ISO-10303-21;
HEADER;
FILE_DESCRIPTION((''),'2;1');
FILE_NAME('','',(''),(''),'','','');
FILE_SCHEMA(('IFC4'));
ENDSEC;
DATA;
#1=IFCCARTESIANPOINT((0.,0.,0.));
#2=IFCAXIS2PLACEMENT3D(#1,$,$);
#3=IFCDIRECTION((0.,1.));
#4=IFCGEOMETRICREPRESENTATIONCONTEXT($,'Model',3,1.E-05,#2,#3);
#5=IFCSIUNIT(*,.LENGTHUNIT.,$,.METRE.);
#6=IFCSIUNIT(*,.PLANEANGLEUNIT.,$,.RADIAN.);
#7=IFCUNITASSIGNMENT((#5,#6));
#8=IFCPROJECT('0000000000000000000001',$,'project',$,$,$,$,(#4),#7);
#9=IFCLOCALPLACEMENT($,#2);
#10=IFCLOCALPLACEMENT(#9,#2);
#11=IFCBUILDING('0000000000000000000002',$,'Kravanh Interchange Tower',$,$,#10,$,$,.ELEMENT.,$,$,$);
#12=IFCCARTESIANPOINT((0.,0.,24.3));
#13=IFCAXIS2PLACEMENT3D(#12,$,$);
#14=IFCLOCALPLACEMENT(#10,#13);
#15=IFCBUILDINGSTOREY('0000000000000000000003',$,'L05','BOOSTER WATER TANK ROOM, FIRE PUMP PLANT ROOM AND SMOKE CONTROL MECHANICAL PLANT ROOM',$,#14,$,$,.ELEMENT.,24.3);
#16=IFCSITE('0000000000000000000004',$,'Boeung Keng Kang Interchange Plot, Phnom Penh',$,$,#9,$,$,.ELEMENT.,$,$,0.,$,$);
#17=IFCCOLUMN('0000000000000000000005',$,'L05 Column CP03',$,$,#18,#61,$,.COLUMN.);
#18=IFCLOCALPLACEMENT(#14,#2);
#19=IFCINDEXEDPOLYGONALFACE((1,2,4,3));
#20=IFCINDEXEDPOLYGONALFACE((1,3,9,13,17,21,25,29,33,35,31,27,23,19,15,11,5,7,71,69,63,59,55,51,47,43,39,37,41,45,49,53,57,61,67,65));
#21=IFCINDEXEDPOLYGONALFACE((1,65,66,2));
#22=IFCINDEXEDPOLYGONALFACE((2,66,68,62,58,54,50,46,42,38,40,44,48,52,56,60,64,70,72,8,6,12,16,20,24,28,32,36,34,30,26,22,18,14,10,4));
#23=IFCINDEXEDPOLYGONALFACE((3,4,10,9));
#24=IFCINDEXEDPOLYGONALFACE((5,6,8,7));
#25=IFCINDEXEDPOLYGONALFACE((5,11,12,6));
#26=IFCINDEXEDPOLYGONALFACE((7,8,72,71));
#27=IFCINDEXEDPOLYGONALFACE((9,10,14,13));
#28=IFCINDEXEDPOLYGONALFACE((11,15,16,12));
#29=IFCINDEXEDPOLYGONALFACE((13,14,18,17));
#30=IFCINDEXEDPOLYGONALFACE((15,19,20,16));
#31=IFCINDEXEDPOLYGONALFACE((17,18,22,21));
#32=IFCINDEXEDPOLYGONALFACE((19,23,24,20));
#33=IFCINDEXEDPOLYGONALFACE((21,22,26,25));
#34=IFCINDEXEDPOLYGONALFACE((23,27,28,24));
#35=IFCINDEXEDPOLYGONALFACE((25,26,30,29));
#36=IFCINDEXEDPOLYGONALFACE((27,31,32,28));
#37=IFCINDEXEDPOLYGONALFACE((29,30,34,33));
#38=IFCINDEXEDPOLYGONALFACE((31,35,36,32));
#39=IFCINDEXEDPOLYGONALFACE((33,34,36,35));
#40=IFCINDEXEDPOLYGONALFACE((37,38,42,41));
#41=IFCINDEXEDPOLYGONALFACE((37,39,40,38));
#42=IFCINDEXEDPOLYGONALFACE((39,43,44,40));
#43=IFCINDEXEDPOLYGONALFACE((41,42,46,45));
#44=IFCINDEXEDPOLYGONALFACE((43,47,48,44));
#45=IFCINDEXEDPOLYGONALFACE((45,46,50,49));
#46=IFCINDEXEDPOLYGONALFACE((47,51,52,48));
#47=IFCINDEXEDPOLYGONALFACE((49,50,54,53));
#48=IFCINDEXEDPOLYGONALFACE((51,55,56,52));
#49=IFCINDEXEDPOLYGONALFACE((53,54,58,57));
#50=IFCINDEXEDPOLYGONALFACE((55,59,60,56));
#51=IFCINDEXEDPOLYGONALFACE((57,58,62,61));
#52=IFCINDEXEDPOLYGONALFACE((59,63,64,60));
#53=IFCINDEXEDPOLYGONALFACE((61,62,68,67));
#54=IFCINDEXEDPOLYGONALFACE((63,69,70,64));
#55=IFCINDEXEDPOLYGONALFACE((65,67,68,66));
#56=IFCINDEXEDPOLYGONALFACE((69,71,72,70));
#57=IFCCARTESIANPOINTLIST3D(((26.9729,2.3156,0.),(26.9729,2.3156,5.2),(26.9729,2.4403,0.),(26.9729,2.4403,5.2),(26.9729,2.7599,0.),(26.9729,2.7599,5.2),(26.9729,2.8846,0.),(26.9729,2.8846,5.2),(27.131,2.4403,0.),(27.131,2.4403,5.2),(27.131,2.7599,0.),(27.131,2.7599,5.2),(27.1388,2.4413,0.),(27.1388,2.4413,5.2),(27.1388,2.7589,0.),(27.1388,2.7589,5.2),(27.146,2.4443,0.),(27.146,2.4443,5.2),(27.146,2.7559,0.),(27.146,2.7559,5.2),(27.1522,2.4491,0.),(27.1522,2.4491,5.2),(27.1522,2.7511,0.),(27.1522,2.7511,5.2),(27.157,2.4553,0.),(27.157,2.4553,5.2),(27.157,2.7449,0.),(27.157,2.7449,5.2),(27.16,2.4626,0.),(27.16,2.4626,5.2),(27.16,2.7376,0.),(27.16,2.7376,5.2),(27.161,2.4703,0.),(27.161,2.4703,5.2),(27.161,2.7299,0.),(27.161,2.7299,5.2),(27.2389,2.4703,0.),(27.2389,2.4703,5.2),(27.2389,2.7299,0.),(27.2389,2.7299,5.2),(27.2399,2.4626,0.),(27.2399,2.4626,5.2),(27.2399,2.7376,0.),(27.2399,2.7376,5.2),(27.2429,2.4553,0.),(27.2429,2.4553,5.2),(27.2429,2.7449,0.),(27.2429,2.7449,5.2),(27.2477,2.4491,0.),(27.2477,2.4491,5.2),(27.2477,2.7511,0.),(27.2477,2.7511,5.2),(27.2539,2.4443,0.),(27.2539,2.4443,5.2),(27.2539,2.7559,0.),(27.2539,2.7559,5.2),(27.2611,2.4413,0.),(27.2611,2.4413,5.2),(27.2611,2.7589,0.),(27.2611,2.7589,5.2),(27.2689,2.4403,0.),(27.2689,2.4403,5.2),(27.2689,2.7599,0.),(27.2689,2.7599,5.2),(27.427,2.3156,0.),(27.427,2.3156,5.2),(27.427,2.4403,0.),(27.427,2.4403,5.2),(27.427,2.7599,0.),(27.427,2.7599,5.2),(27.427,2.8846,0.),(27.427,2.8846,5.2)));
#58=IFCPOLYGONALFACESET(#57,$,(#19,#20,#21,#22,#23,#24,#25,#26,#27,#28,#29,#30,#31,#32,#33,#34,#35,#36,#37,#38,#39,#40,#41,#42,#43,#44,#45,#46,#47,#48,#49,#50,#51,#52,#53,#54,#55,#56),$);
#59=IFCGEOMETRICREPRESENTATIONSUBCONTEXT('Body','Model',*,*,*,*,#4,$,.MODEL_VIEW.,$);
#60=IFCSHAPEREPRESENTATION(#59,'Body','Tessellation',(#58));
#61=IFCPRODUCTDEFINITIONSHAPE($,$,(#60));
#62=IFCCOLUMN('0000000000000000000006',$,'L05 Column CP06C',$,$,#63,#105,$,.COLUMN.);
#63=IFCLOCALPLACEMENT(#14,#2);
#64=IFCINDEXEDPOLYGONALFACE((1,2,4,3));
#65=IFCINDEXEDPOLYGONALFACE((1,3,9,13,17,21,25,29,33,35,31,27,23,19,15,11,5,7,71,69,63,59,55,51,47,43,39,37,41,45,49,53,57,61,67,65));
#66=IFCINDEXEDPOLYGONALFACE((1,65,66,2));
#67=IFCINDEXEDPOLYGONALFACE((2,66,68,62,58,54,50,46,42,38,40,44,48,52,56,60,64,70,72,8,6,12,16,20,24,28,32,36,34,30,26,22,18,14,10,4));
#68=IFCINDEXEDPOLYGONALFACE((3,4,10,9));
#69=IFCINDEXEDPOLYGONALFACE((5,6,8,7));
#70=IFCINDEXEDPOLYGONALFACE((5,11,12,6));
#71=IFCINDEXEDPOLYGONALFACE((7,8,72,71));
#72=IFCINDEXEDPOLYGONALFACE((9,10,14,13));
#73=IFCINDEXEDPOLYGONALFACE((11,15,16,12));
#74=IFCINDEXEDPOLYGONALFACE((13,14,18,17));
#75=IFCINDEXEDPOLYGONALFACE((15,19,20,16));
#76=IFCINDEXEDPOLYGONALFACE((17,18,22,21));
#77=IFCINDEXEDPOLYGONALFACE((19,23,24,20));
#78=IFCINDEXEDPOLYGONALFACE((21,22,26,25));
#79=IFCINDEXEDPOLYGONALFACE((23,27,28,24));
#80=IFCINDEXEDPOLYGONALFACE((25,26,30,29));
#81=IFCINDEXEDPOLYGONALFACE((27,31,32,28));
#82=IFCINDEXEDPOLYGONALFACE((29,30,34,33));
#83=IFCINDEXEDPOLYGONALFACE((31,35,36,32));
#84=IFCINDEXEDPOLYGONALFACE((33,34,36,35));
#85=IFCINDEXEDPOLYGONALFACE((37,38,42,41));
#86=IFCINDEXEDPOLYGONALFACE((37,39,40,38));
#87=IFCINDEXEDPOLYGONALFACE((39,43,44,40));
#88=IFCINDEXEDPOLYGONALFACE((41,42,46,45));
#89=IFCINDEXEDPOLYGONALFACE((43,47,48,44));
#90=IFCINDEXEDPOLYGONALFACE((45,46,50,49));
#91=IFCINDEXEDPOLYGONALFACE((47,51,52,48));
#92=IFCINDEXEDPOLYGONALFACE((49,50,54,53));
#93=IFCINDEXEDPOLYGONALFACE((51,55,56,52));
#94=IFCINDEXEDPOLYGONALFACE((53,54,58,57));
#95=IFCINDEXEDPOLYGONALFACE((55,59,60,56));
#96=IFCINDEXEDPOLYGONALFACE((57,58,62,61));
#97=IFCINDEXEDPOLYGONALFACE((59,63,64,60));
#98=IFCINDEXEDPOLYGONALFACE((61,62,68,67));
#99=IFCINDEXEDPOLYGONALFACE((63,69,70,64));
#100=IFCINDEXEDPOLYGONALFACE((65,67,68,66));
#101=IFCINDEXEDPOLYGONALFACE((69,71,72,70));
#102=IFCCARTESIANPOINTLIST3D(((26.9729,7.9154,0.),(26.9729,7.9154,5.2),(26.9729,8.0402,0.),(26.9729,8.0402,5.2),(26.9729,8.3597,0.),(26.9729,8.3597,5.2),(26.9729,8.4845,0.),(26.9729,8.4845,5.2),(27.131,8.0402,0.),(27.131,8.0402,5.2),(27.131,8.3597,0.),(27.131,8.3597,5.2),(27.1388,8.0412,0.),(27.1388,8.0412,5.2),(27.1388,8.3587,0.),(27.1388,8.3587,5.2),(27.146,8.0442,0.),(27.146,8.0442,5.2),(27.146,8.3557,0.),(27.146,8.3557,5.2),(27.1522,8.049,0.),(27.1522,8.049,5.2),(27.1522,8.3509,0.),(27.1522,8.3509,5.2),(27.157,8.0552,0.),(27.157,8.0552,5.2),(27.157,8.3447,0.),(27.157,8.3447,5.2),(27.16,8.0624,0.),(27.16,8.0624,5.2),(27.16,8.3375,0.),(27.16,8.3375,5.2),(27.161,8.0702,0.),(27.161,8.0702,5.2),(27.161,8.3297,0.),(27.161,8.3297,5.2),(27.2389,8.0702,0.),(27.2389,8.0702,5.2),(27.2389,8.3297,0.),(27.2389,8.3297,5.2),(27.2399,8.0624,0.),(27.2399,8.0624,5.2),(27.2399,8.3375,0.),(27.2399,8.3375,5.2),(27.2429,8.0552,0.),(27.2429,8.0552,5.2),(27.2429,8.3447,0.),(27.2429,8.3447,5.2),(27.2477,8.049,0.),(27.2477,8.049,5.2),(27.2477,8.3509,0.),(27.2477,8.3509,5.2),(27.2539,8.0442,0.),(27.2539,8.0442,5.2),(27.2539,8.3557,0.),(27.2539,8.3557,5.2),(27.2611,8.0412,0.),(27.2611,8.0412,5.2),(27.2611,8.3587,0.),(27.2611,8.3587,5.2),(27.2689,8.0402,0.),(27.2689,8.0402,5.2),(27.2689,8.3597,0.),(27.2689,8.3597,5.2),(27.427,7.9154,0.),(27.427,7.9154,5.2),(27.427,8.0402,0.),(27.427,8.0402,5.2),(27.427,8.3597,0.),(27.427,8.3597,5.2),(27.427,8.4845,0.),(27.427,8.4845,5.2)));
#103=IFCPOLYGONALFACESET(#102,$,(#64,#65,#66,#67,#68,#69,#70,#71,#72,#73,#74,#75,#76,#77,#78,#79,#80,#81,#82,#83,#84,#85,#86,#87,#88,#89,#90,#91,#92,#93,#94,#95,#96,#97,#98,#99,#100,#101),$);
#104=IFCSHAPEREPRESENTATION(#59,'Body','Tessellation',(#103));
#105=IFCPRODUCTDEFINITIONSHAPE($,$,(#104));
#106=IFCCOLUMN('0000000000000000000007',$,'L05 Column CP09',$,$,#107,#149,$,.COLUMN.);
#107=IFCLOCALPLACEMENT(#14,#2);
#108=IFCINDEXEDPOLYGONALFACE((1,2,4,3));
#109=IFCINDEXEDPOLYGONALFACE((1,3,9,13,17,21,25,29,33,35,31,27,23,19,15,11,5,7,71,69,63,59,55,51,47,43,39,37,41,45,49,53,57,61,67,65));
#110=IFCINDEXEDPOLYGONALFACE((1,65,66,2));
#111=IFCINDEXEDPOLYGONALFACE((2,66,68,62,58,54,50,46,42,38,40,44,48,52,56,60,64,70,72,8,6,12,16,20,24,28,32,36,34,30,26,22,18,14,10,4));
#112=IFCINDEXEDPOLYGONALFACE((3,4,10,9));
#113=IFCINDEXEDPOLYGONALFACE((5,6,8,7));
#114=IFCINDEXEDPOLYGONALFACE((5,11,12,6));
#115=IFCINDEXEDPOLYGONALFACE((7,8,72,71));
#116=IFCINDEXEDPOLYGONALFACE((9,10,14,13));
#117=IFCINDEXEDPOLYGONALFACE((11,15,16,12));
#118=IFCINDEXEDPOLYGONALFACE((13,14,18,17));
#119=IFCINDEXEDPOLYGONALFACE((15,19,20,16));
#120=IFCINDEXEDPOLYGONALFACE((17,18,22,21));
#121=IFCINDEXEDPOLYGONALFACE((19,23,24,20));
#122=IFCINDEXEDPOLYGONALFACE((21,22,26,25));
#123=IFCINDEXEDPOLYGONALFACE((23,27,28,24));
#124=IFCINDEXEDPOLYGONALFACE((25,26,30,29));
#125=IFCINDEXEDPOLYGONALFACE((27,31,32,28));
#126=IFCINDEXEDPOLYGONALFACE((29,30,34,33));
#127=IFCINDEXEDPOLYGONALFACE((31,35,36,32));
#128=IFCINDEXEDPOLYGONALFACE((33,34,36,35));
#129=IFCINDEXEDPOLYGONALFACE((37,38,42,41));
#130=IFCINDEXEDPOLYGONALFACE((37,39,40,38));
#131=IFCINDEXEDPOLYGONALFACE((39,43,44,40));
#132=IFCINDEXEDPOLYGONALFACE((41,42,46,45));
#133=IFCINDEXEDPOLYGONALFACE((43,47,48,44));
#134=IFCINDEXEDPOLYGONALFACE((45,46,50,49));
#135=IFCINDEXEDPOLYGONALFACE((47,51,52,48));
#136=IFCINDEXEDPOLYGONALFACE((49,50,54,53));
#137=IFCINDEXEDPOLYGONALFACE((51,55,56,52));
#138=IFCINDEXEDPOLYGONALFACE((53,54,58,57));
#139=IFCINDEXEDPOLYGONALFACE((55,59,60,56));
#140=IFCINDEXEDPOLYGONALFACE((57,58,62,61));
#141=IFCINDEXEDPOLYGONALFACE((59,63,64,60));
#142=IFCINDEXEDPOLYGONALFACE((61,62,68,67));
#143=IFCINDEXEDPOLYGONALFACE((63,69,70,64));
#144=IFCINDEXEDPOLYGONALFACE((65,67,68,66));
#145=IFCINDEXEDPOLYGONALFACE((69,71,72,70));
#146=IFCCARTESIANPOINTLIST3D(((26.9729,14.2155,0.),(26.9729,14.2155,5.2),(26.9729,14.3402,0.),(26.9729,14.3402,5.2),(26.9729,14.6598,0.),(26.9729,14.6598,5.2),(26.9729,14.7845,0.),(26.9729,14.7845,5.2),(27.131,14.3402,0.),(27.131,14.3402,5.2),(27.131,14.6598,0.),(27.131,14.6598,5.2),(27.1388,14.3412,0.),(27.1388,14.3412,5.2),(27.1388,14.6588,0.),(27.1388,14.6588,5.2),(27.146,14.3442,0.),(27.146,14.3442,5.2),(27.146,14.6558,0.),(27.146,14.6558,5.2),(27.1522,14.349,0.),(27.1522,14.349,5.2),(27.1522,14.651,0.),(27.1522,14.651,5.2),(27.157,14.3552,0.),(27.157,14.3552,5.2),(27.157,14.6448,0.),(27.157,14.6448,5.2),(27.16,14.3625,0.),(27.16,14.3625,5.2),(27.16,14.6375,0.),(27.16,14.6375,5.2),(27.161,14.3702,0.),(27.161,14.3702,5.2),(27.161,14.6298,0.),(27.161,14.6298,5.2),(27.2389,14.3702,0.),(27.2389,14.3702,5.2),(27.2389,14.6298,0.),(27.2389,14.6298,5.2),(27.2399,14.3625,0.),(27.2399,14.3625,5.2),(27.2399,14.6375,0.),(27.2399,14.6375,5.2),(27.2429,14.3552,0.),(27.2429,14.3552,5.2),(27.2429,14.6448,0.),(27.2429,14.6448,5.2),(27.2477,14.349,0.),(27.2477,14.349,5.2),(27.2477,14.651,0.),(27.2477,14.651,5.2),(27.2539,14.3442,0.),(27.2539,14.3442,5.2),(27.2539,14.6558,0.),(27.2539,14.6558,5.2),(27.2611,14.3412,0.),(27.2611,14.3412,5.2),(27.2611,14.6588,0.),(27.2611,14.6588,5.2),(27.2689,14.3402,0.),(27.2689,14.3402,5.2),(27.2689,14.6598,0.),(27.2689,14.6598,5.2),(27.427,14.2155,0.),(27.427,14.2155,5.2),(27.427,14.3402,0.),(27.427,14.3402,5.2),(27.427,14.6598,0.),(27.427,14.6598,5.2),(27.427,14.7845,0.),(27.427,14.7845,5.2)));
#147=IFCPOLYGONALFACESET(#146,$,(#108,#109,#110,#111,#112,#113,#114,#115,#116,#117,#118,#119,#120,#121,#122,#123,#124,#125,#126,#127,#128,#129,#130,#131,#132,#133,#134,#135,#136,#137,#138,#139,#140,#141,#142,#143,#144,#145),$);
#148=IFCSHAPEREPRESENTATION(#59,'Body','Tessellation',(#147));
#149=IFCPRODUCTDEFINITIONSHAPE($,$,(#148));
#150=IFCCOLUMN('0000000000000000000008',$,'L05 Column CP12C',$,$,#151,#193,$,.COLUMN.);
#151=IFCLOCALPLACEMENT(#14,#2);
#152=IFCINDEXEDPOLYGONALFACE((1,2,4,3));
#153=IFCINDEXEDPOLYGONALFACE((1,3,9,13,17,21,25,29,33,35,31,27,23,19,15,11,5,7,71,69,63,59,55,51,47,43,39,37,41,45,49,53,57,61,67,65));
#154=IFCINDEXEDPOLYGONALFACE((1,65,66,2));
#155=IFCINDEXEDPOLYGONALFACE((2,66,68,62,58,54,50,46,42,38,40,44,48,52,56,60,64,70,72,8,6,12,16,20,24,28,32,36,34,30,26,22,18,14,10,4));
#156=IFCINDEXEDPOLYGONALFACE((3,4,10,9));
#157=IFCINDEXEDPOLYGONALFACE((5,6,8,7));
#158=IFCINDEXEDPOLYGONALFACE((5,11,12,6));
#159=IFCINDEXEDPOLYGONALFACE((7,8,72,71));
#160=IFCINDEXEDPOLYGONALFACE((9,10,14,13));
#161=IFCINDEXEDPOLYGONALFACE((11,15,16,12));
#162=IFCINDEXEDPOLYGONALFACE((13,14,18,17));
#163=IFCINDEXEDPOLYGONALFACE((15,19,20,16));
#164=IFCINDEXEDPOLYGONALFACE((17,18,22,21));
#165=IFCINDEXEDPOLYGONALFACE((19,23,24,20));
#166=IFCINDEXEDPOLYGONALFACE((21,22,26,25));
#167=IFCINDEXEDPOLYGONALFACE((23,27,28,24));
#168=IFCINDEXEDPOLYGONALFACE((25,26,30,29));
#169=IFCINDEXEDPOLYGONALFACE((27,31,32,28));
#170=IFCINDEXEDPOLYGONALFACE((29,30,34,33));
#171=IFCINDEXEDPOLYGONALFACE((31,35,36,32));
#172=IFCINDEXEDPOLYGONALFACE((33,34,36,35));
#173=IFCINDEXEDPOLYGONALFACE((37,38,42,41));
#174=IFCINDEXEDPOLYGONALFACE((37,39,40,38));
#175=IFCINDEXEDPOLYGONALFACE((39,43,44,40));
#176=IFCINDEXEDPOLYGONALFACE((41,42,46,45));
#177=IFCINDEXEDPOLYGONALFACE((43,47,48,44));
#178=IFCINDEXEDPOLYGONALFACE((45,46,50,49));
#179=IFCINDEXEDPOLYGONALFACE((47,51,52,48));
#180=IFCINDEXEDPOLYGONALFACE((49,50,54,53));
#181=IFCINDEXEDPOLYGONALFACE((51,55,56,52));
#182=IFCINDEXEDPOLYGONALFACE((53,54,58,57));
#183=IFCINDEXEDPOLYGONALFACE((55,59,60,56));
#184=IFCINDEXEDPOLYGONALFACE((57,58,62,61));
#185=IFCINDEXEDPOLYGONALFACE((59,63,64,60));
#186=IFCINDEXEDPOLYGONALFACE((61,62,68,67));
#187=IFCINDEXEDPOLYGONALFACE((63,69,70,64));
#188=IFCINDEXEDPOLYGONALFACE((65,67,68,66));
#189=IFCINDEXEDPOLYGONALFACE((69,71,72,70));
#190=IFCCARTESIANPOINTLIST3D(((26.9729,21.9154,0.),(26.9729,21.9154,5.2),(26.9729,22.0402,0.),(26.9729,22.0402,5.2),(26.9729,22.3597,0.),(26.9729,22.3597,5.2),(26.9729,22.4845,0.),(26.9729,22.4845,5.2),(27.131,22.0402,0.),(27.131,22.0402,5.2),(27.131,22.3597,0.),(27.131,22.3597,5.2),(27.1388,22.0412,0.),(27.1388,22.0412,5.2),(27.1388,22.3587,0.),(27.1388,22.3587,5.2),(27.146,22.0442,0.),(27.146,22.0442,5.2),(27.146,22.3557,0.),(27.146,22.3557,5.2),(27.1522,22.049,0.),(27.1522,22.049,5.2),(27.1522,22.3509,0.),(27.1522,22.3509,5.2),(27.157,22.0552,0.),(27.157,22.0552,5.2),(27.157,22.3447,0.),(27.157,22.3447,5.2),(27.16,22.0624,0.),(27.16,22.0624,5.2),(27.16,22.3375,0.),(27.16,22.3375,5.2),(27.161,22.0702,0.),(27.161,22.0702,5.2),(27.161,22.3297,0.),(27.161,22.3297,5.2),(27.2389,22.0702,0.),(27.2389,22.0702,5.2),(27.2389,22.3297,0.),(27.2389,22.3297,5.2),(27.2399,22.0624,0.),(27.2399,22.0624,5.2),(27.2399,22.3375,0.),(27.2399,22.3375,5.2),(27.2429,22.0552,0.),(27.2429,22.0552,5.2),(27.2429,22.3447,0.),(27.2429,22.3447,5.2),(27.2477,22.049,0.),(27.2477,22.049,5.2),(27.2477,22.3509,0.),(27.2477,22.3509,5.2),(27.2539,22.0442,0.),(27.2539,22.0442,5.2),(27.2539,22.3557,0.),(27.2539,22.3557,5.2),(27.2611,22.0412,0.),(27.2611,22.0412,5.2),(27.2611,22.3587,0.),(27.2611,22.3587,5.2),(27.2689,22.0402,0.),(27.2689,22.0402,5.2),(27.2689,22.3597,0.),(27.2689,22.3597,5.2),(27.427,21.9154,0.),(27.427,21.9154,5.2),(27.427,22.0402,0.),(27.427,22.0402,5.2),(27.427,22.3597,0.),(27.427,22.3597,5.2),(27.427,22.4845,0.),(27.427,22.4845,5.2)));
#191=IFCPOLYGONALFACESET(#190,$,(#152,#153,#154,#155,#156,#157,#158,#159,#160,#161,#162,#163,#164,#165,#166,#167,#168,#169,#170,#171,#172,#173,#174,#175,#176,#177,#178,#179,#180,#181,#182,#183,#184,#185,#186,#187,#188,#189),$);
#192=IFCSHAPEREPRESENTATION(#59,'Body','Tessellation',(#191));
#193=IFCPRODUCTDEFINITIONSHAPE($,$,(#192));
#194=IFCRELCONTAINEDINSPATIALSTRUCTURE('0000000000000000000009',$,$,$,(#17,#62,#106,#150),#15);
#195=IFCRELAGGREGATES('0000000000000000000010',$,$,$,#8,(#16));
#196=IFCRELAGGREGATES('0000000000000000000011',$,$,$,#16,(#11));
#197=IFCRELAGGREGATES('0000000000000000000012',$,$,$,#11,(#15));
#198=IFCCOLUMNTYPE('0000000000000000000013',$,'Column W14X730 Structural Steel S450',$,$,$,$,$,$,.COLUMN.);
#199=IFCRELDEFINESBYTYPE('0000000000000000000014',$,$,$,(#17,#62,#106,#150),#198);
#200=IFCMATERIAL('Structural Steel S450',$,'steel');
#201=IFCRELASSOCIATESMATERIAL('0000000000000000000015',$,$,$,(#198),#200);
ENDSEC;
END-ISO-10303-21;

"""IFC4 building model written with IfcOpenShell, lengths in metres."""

from ifc_helpers import new_model, si_unit, direction, frame, origin, origin_2d, place, context, subcontext, project, spatial, i_section, extrude, material, material_profile, profile_set, type_object, element, save


model = new_model("IFC4")

# Units and contexts
model_context = context("Model", 3, precision=1e-05, world=origin(), true_north=direction((0.0, 1.0)))
body_context = subcontext(model_context, "Body", "Model", "MODEL_VIEW")
ifc_project = project(units=[si_unit("LENGTHUNIT", "METRE"), si_unit("PLANEANGLEUNIT", "RADIAN")], contexts=[model_context])

# Site, building, storey
site_placement = place(None, origin())
site = spatial("IfcSite", under=ifc_project, at=site_placement, Name="Boeung Keng Kang Interchange Plot, Phnom Penh", CompositionType="ELEMENT", RefElevation=0.0)
building_placement = place(site_placement, origin())
building = spatial("IfcBuilding", under=site, at=building_placement, Name="Kravanh Interchange Tower", CompositionType="ELEMENT")
storey_placement = place(building_placement, frame((0.0, 0.0, 24.3)))
storey = spatial("IfcBuildingStorey", under=building, at=storey_placement, Name="L05", Description="BOOSTER WATER TANK ROOM, FIRE PUMP PLANT ROOM AND SMOKE CONTROL MECHANICAL PLANT ROOM", CompositionType="ELEMENT", Elevation=24.3)

# Columns
ifc_material_1 = material(Name="Structural Steel S450", Category="steel")
ifc_material_profile_1 = material_profile(ifc_material_1, i_section(OverallWidth=0.4541, OverallDepth=0.5691, WebThickness=0.0779, FlangeThickness=0.1248, FilletRadius=0.03, at=origin_2d()), Name="W14X730")
ifc_profile_set_1 = profile_set([ifc_material_profile_1], Name="Structural Steel S450")
column_type = type_object("IfcColumnType", Name="Column W14X730 Structural Steel S450", PredefinedType="COLUMN", material=ifc_profile_set_1)
for number, where, z_axis, x_axis, name in (
    (1, (27.2, 2.6001, 0.0), (0.0, 0.0, 1.0), (1.0, 0.0, 0.0), "L05 Column CP03"),
    (2, (27.2, 8.2, 0.0), (0.0, 0.0, 1.0), (1.0, 0.0, 0.0), "L05 Column CP06C"),
    (3, (27.2, 14.5, 0.0), (0.0, 0.0, 1.0), (1.0, 0.0, 0.0), "L05 Column CP09"),
    (4, (27.2, 22.2, 0.0), (0.0, 0.0, 1.0), (1.0, 0.0, 0.0), "L05 Column CP12C"),
):
    element("IfcColumn", number, at=place(storey_placement, frame(where, z_axis=z_axis, x_axis=x_axis)), inside=storey, type_object=column_type, Name=name, PredefinedType="COLUMN", context=body_context, shape_type="SweptSolid", body=[
        extrude(i_section(OverallWidth=0.4541, OverallDepth=0.5691, WebThickness=0.0779, FlangeThickness=0.1248, FilletRadius=0.03, at=origin_2d()), origin(), (0.0, 0.0, 1.0), 5.2),
    ])

save(model, "model.ifc")
